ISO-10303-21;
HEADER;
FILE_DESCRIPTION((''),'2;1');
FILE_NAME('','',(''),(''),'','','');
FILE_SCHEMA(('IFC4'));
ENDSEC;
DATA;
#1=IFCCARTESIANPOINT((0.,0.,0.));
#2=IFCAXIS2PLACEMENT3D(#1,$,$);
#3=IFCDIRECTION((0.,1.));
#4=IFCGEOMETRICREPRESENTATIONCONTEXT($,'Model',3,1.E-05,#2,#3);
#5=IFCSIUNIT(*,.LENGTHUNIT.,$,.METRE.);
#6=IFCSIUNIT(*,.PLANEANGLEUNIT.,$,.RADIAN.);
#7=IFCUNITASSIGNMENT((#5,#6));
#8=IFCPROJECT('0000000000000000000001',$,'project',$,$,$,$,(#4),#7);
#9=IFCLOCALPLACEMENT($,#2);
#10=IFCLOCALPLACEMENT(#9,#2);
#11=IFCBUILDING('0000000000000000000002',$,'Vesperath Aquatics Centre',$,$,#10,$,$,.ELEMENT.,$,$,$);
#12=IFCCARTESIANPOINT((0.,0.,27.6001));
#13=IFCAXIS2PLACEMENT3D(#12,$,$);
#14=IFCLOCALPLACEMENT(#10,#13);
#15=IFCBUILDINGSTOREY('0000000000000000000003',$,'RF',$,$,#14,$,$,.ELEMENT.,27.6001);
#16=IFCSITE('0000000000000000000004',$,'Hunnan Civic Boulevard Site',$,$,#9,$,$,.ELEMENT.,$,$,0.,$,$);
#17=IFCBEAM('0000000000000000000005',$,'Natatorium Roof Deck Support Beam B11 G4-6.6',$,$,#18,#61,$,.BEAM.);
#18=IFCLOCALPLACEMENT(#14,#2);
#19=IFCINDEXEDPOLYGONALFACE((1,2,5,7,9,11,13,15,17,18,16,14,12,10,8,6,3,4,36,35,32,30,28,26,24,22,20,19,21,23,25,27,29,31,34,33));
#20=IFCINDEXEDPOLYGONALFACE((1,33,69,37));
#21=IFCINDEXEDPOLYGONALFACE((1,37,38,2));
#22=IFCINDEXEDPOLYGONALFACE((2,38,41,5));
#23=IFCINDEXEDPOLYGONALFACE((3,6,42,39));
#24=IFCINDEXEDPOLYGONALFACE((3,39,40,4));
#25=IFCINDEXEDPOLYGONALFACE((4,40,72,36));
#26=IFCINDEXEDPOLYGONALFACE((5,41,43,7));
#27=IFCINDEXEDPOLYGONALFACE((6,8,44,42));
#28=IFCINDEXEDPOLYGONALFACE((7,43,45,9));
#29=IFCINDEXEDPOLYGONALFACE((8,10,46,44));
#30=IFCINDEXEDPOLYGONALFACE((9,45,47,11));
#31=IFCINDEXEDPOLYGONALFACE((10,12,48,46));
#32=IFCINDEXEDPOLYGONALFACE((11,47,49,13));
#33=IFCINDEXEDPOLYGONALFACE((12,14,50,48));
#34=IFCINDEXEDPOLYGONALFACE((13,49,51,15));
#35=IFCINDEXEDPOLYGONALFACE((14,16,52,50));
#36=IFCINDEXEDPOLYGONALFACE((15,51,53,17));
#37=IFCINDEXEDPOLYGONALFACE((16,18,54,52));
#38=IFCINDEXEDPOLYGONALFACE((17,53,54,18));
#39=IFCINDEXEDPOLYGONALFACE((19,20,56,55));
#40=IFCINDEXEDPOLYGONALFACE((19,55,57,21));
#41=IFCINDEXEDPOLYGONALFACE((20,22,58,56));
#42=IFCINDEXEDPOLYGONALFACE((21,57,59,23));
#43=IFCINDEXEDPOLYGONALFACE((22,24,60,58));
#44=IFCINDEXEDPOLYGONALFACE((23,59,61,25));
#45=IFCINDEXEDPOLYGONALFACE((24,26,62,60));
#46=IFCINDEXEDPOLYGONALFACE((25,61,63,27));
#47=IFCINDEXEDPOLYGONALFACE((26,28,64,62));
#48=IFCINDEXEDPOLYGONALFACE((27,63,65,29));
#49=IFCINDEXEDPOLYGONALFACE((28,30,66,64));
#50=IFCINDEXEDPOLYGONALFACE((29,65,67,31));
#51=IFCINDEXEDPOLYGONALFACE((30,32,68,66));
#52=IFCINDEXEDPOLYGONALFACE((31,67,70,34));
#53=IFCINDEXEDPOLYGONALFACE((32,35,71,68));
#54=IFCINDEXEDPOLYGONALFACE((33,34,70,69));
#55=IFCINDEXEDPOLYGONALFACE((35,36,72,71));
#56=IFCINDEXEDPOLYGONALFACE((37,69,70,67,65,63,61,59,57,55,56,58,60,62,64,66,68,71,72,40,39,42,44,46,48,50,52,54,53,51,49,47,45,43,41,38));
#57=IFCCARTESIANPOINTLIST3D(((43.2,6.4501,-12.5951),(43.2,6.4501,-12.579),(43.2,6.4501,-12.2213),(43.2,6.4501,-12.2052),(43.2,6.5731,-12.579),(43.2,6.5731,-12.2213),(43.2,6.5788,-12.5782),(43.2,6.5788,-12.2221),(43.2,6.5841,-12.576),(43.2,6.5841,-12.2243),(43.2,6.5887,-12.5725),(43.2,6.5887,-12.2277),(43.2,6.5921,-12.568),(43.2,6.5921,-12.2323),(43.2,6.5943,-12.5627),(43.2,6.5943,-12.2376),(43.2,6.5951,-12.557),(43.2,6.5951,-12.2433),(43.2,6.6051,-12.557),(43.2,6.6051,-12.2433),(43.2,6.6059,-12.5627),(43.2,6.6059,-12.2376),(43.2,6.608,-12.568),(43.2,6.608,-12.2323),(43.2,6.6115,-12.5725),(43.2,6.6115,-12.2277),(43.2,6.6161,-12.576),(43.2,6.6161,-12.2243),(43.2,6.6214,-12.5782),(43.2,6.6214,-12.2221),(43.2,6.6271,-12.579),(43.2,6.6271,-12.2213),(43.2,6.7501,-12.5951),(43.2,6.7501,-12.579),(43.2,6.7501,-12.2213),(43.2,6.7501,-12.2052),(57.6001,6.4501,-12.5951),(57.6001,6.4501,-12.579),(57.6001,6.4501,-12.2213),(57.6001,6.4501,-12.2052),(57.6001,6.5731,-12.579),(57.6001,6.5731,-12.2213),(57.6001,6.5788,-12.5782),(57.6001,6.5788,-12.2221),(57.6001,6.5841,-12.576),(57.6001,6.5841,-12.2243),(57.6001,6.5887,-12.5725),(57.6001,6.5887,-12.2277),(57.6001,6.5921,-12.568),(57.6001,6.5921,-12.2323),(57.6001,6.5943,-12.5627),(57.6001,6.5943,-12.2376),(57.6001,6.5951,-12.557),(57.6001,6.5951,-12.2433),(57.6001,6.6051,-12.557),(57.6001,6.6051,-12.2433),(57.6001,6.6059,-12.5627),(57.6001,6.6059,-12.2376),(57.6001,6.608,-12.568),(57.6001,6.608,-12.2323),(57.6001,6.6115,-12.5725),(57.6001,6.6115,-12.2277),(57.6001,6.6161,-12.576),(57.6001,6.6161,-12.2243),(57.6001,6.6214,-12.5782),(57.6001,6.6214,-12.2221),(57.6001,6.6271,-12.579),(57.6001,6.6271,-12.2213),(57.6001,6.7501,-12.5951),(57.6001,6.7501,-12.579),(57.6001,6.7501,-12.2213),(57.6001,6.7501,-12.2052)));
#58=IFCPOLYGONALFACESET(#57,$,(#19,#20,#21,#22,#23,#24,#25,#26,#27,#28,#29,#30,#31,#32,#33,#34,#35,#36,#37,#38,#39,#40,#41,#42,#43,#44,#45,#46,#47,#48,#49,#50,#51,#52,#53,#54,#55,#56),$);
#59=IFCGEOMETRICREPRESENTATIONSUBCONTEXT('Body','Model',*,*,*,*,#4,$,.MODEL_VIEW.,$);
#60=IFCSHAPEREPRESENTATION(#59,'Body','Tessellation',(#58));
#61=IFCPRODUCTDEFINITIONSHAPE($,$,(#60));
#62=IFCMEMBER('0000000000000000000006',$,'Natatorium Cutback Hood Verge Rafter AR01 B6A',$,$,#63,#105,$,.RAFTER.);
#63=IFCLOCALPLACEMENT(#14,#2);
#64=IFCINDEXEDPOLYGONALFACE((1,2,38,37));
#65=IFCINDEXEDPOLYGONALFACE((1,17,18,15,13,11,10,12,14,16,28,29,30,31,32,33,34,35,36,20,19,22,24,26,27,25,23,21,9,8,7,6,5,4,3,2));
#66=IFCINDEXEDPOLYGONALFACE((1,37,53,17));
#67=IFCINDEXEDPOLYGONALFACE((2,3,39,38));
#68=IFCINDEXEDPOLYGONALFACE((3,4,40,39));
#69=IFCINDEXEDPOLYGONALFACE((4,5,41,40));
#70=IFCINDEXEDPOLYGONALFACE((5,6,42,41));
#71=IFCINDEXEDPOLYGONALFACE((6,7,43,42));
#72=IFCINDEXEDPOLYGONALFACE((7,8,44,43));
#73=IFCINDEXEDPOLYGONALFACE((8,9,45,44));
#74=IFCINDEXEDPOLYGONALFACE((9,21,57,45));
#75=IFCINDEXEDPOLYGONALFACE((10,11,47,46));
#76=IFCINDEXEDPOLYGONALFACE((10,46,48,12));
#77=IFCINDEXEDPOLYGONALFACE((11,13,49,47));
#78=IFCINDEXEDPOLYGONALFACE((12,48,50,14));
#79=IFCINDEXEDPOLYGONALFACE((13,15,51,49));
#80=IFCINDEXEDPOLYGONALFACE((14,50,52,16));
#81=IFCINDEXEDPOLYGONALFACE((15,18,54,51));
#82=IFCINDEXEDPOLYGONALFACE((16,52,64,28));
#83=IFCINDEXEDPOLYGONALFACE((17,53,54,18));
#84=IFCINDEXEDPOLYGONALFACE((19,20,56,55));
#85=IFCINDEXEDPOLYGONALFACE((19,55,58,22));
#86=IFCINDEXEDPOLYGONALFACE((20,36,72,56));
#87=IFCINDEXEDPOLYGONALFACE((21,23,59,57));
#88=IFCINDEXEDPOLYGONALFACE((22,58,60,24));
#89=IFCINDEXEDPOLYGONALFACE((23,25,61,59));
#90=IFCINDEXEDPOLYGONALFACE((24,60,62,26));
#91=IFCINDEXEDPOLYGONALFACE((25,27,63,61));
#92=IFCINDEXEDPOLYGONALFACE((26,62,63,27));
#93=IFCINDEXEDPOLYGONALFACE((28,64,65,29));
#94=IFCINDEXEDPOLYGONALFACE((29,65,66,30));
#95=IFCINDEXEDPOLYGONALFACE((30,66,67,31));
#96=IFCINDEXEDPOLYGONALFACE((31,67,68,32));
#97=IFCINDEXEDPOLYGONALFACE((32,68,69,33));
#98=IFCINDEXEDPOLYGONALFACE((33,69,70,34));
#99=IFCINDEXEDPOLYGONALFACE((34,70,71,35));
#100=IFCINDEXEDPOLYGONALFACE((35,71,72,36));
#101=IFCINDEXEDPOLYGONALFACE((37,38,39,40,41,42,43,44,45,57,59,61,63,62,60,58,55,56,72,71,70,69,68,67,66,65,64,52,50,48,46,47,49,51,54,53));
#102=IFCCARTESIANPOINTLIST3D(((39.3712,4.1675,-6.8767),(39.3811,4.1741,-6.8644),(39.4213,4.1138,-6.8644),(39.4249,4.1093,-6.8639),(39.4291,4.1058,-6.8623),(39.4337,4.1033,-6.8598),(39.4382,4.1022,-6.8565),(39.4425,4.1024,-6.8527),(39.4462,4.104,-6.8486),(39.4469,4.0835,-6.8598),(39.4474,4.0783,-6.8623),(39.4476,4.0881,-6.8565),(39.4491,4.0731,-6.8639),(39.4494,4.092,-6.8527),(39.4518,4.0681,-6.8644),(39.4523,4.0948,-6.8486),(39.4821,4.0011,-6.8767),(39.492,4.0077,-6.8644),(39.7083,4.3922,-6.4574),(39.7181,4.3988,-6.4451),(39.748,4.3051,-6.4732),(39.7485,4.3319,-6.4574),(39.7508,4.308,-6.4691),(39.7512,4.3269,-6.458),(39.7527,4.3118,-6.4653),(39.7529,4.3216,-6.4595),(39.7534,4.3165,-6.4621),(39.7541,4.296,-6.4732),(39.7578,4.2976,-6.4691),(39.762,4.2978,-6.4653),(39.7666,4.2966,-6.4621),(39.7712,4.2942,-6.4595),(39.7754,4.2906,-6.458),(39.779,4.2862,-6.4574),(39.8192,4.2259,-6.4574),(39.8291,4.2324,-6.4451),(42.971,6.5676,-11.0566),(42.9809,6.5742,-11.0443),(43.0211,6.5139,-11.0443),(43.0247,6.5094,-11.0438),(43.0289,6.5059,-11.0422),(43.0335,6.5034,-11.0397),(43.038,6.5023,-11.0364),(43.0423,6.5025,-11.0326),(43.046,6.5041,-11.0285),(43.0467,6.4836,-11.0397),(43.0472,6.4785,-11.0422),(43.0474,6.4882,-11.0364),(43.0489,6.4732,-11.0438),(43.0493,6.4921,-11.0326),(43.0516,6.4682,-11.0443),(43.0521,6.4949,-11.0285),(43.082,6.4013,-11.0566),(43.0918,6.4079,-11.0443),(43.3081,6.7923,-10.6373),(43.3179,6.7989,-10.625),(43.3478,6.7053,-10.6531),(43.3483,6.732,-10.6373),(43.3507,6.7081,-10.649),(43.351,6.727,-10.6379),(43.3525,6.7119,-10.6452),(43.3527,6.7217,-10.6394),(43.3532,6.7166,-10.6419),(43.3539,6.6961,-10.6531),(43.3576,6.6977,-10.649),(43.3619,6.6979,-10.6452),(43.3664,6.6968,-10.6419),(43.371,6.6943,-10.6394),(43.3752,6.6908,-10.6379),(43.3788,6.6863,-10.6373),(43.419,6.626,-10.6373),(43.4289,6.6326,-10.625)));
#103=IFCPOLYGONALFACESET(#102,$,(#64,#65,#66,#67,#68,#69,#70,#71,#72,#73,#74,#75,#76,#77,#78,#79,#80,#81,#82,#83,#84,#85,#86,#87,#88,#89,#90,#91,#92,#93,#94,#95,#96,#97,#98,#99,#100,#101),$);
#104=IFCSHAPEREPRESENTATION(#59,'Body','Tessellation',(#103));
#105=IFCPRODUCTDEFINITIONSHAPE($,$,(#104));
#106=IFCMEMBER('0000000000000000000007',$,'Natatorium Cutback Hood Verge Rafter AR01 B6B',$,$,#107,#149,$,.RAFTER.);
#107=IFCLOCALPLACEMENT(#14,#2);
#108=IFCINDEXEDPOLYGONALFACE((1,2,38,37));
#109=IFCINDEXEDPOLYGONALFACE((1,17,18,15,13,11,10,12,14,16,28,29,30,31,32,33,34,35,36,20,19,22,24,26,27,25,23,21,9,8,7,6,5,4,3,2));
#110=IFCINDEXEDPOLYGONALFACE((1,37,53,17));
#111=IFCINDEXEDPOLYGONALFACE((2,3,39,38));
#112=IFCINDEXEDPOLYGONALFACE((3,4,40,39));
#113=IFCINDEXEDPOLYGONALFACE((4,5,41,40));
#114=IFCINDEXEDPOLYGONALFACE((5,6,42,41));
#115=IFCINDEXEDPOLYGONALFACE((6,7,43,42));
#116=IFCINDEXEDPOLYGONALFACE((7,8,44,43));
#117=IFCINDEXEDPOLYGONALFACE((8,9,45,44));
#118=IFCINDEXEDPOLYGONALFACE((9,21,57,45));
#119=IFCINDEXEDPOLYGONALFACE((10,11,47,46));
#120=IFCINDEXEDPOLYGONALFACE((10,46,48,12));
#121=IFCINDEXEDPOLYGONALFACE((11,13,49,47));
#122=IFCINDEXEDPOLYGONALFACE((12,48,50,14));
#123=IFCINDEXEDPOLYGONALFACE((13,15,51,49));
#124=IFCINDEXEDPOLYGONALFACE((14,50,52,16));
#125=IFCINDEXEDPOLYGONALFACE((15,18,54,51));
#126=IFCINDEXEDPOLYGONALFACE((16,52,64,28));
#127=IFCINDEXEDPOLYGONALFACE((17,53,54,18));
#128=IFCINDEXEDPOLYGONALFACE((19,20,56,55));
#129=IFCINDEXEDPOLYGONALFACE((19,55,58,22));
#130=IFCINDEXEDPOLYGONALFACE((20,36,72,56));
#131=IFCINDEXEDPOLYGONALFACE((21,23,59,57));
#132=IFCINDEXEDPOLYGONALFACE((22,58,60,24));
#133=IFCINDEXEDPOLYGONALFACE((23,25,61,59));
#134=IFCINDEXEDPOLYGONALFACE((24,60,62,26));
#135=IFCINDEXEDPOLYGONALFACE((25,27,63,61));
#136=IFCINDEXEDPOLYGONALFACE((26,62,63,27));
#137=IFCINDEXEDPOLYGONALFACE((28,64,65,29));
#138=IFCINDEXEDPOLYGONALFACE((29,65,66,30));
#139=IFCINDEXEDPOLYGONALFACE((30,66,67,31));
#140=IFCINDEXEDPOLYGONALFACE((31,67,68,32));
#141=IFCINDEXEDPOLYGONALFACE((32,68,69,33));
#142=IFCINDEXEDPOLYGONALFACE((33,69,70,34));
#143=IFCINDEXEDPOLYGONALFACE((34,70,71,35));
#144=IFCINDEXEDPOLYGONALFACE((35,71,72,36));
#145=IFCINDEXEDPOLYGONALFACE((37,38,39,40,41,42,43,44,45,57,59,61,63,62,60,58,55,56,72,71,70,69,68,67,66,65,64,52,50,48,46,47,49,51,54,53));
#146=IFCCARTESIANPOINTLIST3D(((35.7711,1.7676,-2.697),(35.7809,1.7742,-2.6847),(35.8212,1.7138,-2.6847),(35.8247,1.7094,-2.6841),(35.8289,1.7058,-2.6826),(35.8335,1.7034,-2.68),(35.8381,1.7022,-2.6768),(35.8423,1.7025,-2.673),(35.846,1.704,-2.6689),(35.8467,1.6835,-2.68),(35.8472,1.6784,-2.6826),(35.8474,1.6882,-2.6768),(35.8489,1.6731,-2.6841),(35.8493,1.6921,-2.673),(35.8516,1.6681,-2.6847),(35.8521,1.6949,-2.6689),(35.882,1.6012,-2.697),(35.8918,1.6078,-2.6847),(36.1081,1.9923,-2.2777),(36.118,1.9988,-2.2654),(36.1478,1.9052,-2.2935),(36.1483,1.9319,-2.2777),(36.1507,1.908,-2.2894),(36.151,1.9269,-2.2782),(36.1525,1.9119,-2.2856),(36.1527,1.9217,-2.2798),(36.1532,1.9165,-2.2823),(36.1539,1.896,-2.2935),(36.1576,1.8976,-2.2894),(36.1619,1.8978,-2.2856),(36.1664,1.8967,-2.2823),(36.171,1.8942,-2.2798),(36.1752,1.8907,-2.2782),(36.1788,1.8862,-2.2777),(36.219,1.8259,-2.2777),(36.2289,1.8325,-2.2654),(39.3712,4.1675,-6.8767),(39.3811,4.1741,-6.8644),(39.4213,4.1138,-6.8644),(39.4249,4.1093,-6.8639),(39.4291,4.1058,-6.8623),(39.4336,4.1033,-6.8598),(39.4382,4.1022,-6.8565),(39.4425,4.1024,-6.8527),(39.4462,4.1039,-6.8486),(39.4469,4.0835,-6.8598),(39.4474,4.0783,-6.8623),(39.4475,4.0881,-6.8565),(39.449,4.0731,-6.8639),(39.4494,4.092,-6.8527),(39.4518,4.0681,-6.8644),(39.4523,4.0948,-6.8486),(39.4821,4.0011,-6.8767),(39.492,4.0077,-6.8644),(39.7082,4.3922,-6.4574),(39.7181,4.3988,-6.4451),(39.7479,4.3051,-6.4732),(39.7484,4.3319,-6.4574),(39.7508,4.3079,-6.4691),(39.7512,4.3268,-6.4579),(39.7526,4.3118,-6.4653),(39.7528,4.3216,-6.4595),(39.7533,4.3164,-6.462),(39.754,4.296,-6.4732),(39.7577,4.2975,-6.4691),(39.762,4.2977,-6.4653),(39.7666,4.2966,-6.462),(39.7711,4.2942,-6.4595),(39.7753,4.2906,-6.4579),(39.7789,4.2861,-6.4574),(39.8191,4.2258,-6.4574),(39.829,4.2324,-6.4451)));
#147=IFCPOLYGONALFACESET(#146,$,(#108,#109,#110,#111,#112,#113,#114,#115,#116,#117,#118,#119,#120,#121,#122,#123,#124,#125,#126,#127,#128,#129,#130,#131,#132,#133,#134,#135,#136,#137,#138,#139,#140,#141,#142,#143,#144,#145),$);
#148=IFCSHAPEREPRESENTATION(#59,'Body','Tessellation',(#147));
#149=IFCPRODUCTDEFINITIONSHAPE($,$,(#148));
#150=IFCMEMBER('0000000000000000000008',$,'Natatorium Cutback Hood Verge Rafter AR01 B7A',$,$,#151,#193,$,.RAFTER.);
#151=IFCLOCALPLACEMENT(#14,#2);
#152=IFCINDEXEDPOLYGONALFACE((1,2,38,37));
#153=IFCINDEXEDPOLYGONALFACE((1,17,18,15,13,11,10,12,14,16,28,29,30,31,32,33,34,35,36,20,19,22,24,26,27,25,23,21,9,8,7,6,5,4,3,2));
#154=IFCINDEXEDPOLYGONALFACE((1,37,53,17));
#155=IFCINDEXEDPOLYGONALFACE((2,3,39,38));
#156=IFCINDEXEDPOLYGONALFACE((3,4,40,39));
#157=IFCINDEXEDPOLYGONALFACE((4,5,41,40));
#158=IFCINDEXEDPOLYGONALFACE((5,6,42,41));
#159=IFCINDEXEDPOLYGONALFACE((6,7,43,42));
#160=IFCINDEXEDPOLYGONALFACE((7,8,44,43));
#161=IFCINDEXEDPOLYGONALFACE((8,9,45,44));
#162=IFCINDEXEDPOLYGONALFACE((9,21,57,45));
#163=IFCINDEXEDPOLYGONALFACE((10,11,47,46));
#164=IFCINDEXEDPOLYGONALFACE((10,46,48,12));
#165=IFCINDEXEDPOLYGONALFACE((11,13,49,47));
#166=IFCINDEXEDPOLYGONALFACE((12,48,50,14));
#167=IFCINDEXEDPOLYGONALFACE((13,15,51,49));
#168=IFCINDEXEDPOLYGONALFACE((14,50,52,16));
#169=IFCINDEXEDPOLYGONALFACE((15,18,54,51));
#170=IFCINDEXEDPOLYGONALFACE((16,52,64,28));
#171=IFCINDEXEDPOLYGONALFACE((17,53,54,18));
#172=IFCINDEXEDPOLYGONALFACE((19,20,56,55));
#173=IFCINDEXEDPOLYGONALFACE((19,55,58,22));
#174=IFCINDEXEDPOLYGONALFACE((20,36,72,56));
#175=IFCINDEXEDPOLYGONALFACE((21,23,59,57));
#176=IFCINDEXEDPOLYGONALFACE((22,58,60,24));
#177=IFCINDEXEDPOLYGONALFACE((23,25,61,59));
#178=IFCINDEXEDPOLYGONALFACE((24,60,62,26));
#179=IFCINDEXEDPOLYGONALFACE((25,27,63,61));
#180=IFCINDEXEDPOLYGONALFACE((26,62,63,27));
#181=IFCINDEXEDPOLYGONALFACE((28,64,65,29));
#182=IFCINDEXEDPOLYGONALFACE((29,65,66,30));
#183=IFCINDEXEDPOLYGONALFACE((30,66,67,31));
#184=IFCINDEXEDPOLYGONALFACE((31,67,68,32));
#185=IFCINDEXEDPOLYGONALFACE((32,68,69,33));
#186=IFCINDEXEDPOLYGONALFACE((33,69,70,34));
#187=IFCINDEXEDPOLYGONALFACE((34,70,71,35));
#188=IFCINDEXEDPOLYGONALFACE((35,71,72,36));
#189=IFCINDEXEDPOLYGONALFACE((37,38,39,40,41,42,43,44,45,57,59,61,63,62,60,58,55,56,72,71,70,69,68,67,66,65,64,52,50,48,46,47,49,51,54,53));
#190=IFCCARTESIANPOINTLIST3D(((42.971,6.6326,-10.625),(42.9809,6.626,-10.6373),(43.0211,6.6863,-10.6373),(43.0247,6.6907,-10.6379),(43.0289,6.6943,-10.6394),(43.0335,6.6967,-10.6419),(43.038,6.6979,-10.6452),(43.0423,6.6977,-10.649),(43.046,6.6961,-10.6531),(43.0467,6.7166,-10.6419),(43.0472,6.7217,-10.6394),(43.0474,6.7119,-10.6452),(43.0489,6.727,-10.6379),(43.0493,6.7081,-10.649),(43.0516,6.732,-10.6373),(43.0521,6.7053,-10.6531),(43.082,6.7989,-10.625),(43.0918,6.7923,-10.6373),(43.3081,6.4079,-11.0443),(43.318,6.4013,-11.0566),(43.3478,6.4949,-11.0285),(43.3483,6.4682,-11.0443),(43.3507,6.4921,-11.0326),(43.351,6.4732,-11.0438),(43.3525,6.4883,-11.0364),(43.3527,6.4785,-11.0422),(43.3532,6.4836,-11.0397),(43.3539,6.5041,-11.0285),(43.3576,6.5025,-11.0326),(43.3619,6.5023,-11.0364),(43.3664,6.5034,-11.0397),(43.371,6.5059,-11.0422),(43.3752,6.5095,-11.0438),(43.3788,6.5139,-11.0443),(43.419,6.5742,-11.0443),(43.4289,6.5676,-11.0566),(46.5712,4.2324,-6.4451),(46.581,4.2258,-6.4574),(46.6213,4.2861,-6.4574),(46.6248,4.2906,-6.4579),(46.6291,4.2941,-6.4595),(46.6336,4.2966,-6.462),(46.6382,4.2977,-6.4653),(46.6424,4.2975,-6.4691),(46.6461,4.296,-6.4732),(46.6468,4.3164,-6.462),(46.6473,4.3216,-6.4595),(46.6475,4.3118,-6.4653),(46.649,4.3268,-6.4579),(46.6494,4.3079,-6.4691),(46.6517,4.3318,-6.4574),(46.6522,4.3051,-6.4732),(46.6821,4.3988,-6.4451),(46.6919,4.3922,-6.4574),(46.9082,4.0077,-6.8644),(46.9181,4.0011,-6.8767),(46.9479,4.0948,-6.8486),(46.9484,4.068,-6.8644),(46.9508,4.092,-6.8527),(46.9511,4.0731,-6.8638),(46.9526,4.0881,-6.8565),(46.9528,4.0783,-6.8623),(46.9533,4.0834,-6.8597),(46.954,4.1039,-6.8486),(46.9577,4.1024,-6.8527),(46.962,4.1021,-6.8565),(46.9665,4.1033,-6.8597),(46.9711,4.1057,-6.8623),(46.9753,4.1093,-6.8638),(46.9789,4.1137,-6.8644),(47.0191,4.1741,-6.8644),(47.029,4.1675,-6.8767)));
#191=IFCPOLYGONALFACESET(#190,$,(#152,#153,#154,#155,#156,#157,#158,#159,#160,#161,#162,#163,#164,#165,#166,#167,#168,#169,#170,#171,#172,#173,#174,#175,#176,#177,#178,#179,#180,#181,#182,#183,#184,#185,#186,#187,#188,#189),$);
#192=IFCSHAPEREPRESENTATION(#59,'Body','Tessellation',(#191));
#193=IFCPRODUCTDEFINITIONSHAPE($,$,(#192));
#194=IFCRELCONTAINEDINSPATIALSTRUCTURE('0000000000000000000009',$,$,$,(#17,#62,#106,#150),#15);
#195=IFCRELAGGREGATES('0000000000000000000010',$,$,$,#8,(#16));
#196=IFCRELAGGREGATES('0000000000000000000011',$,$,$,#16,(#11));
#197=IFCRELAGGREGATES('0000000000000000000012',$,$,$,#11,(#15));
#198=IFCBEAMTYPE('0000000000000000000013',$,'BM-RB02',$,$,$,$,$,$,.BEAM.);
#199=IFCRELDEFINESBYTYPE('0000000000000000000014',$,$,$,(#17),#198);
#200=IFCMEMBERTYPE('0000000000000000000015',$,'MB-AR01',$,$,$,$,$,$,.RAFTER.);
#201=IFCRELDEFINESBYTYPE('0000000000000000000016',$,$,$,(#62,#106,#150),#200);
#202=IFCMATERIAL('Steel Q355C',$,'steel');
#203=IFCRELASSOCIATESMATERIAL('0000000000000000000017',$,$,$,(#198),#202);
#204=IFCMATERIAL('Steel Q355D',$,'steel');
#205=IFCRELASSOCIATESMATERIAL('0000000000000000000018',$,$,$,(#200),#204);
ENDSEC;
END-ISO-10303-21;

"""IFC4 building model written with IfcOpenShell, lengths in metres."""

from ifc_helpers import new_model, si_unit, direction, frame, origin, origin_2d, place, context, subcontext, project, spatial, i_section, extrude, material, material_profile, profile_set, type_object, element, save


model = new_model("IFC4")

# Units and contexts
model_context = context("Model", 3, precision=1e-05, world=origin(), true_north=direction((0.0, 1.0)))
body_context = subcontext(model_context, "Body", "Model", "MODEL_VIEW")
ifc_project = project(units=[si_unit("LENGTHUNIT", "METRE"), si_unit("PLANEANGLEUNIT", "RADIAN")], contexts=[model_context])

# Site, building, storey
site_placement = place(None, origin())
site = spatial("IfcSite", under=ifc_project, at=site_placement, Name="Hunnan Civic Boulevard Site", CompositionType="ELEMENT", RefElevation=0.0)
building_placement = place(site_placement, origin())
building = spatial("IfcBuilding", under=site, at=building_placement, Name="Vesperath Aquatics Centre", CompositionType="ELEMENT")
storey_placement = place(building_placement, frame((0.0, 0.0, 27.6001)))
storey = spatial("IfcBuildingStorey", under=building, at=storey_placement, Name="RF", CompositionType="ELEMENT", Elevation=27.6001)

# Beam
ifc_material_1 = material(Name="Steel Q355C", Category="steel")
ifc_material_profile_1 = material_profile(ifc_material_1, i_section(OverallWidth=0.3, OverallDepth=0.3899, WebThickness=0.01, FlangeThickness=0.0161, FilletRadius=0.022, at=origin_2d()), Name="HM 390x300x10x16")
ifc_profile_set_1 = profile_set([ifc_material_profile_1], Name="Steel Q355C")
beam_type = type_object("IfcBeamType", Name="BM-RB02", PredefinedType="BEAM", material=ifc_profile_set_1)
beam_placement = place(storey_placement, frame((43.2, 6.6001, -12.4001), z_axis=(1.0, 0.0, 0.0), x_axis=(0.0, 1.0, 0.0)))
element("IfcBeam", 1, at=beam_placement, inside=storey, type_object=beam_type, Name="Natatorium Roof Deck Support Beam B11 G4-6.6", PredefinedType="BEAM", context=body_context, shape_type="SweptSolid", body=[
    extrude(i_section(OverallWidth=0.3, OverallDepth=0.3899, WebThickness=0.01, FlangeThickness=0.0161, FilletRadius=0.022, at=origin_2d()), origin(), (0.0, 0.0, 1.0), 14.4001),
])

# Members
ifc_material_2 = material(Name="Steel Q355D", Category="steel")
ifc_material_profile_2 = material_profile(ifc_material_2, i_section(OverallWidth=0.2, OverallDepth=0.6001, WebThickness=0.011, FlangeThickness=0.0171, FilletRadius=0.022, at=origin_2d()), Name="HN 600x200x11x17")
ifc_profile_set_2 = profile_set([ifc_material_profile_2], Name="Steel Q355D")
member_type_1 = type_object("IfcMemberType", Name="MB-AR01", PredefinedType="RAFTER", material=ifc_profile_set_2)
for number, where, z_axis, x_axis, name in (
    (2, (43.2, 6.6001, -10.8408), (-0.598386, -0.398965, 0.69481), (0.554739, -0.832024, 0.0), "Natatorium Cutback Hood Verge Rafter AR01 B6A"),
    (3, (39.6001, 4.2, -6.6609), (-0.598439, -0.398932, 0.694783), (0.554674, -0.832068, 0.0), "Natatorium Cutback Hood Verge Rafter AR01 B6B"),
):
    element("IfcMember", number, at=place(storey_placement, frame(where, z_axis=z_axis, x_axis=x_axis)), inside=storey, type_object=member_type_1, Name=name, PredefinedType="RAFTER", context=body_context, shape_type="SweptSolid", body=[
        extrude(i_section(OverallWidth=0.2, OverallDepth=0.6001, WebThickness=0.011, FlangeThickness=0.0171, FilletRadius=0.022, at=origin_2d()), origin(), (0.0, 0.0, 1.0), 6.0159),
    ])
member_1_placement = place(storey_placement, frame((43.2, 6.6001, -10.8408), z_axis=(0.598412, -0.398955, 0.694793), x_axis=(0.554713, 0.832042, 0.0)))
element("IfcMember", 4, at=member_1_placement, inside=storey, type_object=member_type_1, Name="Natatorium Cutback Hood Verge Rafter AR01 B7A", PredefinedType="RAFTER", context=body_context, shape_type="SweptSolid", body=[
    extrude(i_section(OverallWidth=0.2, OverallDepth=0.6001, WebThickness=0.011, FlangeThickness=0.0171, FilletRadius=0.022, at=origin_2d()), origin(), (0.0, 0.0, 1.0), 6.0161),
])

save(model, "model.ifc")
